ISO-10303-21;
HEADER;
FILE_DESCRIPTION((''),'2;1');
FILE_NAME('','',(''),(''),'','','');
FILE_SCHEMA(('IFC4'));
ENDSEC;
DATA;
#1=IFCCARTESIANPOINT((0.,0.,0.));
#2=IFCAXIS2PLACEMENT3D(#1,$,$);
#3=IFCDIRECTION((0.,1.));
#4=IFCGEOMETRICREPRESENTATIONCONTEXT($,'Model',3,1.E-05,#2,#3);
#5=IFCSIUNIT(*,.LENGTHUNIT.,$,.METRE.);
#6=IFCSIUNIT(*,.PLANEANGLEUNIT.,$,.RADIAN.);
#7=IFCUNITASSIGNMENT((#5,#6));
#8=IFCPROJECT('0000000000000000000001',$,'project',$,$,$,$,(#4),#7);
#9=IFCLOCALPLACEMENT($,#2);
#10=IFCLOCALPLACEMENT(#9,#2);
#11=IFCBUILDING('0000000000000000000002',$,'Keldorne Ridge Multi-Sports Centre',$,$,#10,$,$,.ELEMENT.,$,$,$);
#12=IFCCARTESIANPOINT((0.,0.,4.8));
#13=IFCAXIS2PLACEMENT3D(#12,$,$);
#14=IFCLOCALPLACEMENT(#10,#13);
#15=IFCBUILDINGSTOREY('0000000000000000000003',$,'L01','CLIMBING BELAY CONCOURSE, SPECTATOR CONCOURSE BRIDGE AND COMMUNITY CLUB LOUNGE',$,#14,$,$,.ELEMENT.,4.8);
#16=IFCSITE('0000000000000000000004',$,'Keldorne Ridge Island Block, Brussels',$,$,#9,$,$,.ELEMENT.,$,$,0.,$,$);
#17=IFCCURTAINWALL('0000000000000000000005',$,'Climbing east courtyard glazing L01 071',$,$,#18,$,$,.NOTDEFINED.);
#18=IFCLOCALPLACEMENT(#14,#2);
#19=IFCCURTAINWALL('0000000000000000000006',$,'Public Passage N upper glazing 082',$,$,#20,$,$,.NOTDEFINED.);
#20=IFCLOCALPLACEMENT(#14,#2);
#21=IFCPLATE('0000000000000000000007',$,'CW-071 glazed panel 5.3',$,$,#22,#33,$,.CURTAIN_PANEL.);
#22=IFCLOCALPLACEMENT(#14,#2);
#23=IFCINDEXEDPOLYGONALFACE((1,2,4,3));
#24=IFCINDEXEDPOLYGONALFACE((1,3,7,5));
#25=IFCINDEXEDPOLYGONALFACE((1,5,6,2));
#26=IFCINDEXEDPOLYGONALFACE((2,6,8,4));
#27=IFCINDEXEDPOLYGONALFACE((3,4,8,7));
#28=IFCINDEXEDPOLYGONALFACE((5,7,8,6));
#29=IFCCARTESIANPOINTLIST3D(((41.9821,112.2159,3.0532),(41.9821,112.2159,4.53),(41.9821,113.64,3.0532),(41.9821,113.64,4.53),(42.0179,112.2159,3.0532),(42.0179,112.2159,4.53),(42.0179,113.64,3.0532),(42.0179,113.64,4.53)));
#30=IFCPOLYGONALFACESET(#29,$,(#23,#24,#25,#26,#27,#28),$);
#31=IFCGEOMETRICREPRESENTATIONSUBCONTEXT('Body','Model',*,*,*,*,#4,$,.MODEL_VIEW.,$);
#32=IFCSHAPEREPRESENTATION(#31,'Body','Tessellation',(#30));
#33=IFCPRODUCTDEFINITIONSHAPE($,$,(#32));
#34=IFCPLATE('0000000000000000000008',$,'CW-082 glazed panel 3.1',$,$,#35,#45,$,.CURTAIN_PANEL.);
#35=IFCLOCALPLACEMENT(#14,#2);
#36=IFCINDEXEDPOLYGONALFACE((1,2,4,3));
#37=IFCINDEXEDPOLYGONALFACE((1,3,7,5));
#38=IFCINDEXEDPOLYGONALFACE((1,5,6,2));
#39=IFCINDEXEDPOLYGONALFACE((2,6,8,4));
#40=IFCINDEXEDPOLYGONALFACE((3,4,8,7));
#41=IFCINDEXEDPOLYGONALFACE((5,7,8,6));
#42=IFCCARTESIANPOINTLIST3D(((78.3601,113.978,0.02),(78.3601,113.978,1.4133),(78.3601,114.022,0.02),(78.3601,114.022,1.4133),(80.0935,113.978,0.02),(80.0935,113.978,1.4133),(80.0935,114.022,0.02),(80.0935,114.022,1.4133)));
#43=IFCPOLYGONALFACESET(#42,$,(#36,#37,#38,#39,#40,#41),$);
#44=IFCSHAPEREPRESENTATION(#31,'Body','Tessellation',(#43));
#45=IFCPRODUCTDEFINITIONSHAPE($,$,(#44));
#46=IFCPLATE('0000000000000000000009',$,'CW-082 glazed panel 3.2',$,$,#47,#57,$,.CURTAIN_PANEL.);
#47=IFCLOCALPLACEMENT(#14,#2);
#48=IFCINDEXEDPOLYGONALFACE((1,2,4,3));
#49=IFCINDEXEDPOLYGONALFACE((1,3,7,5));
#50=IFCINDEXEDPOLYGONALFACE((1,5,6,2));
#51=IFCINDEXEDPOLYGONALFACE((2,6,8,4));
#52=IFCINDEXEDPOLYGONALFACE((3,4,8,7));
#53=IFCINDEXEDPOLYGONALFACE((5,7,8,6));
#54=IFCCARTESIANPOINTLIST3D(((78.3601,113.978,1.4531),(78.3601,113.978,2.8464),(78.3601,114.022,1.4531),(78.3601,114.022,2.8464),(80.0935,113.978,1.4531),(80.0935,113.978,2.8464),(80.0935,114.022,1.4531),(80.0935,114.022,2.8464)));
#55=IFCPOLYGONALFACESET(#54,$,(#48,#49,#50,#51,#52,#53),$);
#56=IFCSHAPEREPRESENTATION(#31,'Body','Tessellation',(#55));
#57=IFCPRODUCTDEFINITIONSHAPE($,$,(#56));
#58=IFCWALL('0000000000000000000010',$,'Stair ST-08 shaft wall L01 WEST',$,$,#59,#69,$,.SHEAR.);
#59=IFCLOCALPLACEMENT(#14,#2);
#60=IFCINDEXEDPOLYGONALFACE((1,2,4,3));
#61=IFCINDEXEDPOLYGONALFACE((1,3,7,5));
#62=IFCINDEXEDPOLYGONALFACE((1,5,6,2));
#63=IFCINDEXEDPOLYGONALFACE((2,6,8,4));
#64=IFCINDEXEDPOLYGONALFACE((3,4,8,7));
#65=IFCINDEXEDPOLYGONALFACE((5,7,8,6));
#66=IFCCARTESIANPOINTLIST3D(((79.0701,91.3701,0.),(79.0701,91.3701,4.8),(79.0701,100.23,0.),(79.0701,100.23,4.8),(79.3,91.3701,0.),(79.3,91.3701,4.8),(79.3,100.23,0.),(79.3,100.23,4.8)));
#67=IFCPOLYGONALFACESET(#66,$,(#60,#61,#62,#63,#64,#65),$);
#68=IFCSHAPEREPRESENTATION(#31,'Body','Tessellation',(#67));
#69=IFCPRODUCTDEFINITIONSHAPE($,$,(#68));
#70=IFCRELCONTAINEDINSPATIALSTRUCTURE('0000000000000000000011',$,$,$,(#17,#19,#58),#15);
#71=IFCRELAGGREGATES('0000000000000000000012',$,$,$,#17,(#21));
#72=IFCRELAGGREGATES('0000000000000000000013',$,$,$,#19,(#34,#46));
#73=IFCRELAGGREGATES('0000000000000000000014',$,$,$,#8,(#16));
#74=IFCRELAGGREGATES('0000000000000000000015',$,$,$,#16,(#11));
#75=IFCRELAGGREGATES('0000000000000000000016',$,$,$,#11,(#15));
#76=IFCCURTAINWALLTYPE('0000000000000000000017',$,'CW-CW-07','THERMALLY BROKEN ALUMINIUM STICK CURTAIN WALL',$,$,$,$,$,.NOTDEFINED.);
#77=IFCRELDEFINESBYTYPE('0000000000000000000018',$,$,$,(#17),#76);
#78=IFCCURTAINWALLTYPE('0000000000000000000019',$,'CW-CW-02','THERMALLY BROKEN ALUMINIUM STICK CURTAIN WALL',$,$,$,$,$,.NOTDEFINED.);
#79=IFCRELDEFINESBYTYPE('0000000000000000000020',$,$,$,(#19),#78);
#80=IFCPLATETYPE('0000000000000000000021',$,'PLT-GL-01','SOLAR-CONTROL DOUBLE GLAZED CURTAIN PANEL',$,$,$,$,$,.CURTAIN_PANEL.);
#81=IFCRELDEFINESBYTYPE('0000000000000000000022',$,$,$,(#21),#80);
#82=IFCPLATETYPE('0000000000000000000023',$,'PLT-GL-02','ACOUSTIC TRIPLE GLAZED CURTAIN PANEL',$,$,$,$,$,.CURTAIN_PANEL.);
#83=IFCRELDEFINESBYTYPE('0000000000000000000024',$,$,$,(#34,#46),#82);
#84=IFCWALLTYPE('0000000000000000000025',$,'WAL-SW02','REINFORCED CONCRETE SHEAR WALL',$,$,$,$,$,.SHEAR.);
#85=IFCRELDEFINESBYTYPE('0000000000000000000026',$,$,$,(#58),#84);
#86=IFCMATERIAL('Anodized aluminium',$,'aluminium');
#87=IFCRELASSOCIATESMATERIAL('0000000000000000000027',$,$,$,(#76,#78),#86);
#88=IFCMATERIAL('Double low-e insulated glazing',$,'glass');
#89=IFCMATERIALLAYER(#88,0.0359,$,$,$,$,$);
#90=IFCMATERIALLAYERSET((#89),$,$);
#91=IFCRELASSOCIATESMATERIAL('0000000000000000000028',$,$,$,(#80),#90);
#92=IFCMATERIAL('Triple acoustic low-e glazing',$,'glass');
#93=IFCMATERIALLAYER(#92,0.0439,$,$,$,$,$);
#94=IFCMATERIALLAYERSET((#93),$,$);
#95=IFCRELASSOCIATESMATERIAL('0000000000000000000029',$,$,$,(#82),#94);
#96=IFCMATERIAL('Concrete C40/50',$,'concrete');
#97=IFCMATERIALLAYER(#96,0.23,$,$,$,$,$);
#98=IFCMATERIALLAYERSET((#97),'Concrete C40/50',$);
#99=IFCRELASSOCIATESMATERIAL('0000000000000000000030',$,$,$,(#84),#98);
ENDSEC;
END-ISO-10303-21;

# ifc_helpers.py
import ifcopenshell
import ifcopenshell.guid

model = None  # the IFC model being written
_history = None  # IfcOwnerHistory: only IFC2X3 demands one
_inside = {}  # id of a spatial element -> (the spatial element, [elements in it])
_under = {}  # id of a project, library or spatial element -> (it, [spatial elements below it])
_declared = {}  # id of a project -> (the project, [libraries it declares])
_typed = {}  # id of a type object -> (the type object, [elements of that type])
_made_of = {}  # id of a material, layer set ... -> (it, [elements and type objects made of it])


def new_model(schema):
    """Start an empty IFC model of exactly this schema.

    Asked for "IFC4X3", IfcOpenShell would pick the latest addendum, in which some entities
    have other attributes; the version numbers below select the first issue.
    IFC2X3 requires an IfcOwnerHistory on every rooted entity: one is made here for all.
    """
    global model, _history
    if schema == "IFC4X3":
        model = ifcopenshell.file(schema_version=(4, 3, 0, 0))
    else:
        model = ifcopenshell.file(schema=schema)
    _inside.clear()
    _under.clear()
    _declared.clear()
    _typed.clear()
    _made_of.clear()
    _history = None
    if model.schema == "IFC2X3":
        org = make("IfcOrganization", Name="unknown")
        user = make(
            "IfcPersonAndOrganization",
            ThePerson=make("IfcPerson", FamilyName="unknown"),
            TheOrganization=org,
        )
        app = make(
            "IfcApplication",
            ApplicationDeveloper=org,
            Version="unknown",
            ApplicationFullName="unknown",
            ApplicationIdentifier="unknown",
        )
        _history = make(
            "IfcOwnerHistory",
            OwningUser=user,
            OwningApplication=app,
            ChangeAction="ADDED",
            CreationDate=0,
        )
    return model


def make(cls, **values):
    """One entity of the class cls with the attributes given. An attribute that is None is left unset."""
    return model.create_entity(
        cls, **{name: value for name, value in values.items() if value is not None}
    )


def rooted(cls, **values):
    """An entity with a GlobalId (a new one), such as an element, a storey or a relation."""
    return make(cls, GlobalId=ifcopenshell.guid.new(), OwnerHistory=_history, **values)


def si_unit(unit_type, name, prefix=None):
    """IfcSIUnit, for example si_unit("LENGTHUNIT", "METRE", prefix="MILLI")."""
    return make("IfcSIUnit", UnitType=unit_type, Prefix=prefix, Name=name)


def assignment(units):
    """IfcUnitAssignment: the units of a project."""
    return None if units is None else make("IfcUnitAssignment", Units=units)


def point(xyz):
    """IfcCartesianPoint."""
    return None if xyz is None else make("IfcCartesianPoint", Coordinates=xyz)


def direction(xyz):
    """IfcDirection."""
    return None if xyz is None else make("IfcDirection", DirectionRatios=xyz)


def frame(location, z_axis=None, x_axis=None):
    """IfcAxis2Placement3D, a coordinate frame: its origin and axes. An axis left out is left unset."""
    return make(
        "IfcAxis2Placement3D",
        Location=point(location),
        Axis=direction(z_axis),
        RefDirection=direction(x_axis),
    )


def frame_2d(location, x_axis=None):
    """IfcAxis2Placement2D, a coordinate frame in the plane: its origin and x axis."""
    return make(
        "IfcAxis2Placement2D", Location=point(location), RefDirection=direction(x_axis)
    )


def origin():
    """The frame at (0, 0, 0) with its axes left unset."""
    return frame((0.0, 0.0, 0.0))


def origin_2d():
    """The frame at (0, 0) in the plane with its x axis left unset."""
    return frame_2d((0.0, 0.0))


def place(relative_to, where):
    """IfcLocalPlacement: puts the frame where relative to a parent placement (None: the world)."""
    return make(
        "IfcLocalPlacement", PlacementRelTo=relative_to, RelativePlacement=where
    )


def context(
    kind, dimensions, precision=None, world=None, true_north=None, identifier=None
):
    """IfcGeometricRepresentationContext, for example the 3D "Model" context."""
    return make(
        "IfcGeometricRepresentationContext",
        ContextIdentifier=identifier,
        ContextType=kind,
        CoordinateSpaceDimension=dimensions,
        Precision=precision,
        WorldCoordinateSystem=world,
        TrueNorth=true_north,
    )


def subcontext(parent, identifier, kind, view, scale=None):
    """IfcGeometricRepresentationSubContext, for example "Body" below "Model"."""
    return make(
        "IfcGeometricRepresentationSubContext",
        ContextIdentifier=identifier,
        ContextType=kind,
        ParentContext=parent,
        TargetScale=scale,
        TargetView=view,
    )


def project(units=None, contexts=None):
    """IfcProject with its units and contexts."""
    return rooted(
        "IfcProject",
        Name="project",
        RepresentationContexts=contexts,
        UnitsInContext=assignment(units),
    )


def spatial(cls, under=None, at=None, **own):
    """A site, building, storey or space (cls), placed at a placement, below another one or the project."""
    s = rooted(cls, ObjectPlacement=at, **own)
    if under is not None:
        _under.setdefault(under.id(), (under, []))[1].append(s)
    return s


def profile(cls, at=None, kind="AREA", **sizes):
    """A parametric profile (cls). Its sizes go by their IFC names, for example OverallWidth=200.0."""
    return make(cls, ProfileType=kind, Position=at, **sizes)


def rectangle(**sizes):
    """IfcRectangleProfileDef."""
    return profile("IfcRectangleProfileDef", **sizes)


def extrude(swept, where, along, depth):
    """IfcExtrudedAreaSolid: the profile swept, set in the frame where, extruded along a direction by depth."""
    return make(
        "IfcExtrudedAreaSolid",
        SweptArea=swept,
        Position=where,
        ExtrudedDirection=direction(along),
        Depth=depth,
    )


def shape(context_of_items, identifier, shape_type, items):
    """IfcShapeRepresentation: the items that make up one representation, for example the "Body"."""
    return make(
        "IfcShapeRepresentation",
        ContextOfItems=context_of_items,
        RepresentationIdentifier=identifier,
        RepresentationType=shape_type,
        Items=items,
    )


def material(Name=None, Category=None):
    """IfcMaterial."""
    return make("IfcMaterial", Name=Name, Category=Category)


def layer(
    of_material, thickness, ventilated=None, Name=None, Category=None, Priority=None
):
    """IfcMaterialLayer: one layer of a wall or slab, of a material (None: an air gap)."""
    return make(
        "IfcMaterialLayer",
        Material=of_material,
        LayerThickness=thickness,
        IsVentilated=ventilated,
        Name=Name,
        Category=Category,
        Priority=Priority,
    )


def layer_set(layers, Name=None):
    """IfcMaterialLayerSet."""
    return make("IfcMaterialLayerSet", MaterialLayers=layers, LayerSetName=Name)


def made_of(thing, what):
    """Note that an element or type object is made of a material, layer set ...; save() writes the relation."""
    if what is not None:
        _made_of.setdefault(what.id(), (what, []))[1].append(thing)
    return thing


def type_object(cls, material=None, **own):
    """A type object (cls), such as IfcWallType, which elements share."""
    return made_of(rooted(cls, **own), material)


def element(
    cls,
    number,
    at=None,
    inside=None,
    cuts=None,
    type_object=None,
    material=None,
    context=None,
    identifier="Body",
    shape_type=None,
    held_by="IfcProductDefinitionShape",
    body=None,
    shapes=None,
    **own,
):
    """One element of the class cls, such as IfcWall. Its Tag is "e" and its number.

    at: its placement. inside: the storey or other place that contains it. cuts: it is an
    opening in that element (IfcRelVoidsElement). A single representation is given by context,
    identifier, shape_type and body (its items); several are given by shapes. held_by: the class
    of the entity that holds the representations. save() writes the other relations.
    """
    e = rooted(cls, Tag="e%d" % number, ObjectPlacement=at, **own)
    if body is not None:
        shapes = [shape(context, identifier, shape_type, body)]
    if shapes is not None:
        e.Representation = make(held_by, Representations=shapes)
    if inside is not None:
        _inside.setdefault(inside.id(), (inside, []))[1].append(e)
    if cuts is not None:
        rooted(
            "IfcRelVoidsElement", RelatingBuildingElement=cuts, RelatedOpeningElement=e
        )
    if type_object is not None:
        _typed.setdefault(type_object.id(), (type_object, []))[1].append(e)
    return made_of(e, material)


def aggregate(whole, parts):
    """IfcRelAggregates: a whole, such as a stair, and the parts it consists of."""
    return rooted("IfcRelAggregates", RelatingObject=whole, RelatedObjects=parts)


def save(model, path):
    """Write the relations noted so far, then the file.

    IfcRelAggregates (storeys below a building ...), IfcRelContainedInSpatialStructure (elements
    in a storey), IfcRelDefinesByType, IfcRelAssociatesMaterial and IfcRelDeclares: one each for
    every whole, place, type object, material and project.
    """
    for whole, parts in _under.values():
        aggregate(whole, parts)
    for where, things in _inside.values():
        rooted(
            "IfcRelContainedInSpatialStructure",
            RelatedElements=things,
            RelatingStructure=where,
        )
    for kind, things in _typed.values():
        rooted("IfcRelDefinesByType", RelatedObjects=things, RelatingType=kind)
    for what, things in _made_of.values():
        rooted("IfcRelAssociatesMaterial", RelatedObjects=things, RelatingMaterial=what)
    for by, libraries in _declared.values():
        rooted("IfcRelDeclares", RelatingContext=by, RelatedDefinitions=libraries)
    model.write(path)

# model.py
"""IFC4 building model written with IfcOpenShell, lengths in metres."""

from ifc_helpers import new_model, si_unit, direction, frame, frame_2d, origin, origin_2d, place, context, subcontext, project, spatial, rectangle, extrude, material, layer, layer_set, type_object, element, aggregate, save


model = new_model("IFC4")

# Units and contexts
model_context = context("Model", 3, precision=1e-05, world=origin(), true_north=direction((0.0, 1.0)))
body_context = subcontext(model_context, "Body", "Model", "MODEL_VIEW")
ifc_project = project(units=[si_unit("LENGTHUNIT", "METRE"), si_unit("PLANEANGLEUNIT", "RADIAN")], contexts=[model_context])

# Site, building, storey
site_placement = place(None, origin())
site = spatial("IfcSite", under=ifc_project, at=site_placement, Name="Keldorne Ridge Island Block, Brussels", CompositionType="ELEMENT", RefElevation=0.0)
building_placement = place(site_placement, origin())
building = spatial("IfcBuilding", under=site, at=building_placement, Name="Keldorne Ridge Multi-Sports Centre", CompositionType="ELEMENT")
storey_placement = place(building_placement, frame((0.0, 0.0, 4.8)))
storey = spatial("IfcBuildingStorey", under=building, at=storey_placement, Name="L01", Description="CLIMBING BELAY CONCOURSE, SPECTATOR CONCOURSE BRIDGE AND COMMUNITY CLUB LOUNGE", CompositionType="ELEMENT", Elevation=4.8)

# Curtain wall
ifc_material_1 = material(Name="Anodized aluminium", Category="aluminium")
curtain_wall_type_1 = type_object("IfcCurtainWallType", Name="CW-CW-07", Description="THERMALLY BROKEN ALUMINIUM STICK CURTAIN WALL", PredefinedType="NOTDEFINED", material=ifc_material_1)
curtain_wall_1_placement = place(storey_placement, origin())
curtain_wall_1 = element("IfcCurtainWall", 1, at=curtain_wall_1_placement, inside=storey, type_object=curtain_wall_type_1, Name="Climbing east courtyard glazing L01 071", PredefinedType="NOTDEFINED")

# Curtain wall
curtain_wall_type_2 = type_object("IfcCurtainWallType", Name="CW-CW-02", Description="THERMALLY BROKEN ALUMINIUM STICK CURTAIN WALL", PredefinedType="NOTDEFINED", material=ifc_material_1)
curtain_wall_2_placement = place(storey_placement, origin())
curtain_wall_2 = element("IfcCurtainWall", 2, at=curtain_wall_2_placement, inside=storey, type_object=curtain_wall_type_2, Name="Public Passage N upper glazing 082", PredefinedType="NOTDEFINED")

# Plates
ifc_material_2 = material(Name="Double low-e insulated glazing", Category="glass")
ifc_layer_1 = layer(ifc_material_2, 0.0359)
ifc_layer_set_1 = layer_set([ifc_layer_1])
plate_type_1 = type_object("IfcPlateType", Name="PLT-GL-01", Description="SOLAR-CONTROL DOUBLE GLAZED CURTAIN PANEL", PredefinedType="CURTAIN_PANEL", material=ifc_layer_set_1)
plate_1_placement = place(storey_placement, frame((42.0, 112.928, 3.0532), z_axis=(0.0, 0.0, 1.0), x_axis=(0.0, 1.0, 0.0)))
plate_1 = element("IfcPlate", 3, at=plate_1_placement, type_object=plate_type_1, Name="CW-071 glazed panel 5.3", PredefinedType="CURTAIN_PANEL", context=body_context, shape_type="SweptSolid", body=[
    extrude(rectangle(XDim=1.4241, YDim=0.0359, at=origin_2d()), origin(), (0.0, 0.0, 1.0), 1.4768),
])
aggregate(curtain_wall_1, [plate_1])
ifc_material_3 = material(Name="Triple acoustic low-e glazing", Category="glass")
ifc_layer_2 = layer(ifc_material_3, 0.0439)
ifc_layer_set_2 = layer_set([ifc_layer_2])
plate_type_2 = type_object("IfcPlateType", Name="PLT-GL-02", Description="ACOUSTIC TRIPLE GLAZED CURTAIN PANEL", PredefinedType="CURTAIN_PANEL", material=ifc_layer_set_2)
plate_2_placement = place(storey_placement, frame((79.2268, 114.0, 0.02), z_axis=(0.0, 0.0, 1.0), x_axis=(-1.0, 0.0, 0.0)))
plate_2 = element("IfcPlate", 4, at=plate_2_placement, type_object=plate_type_2, Name="CW-082 glazed panel 3.1", PredefinedType="CURTAIN_PANEL", context=body_context, shape_type="SweptSolid", body=[
    extrude(rectangle(XDim=1.7334, YDim=0.0439, at=origin_2d()), origin(), (0.0, 0.0, 1.0), 1.3933),
])
plate_3_placement = place(storey_placement, frame((79.2268, 114.0, 1.4531), z_axis=(0.0, 0.0, 1.0), x_axis=(-1.0, 0.0, 0.0)))
plate_3 = element("IfcPlate", 5, at=plate_3_placement, type_object=plate_type_2, Name="CW-082 glazed panel 3.2", PredefinedType="CURTAIN_PANEL", context=body_context, shape_type="SweptSolid", body=[
    extrude(rectangle(XDim=1.7334, YDim=0.0439, at=origin_2d()), origin(), (0.0, 0.0, 1.0), 1.3933),
])
aggregate(curtain_wall_2, [plate_2, plate_3])

# Wall
ifc_material_4 = material(Name="Concrete C40/50", Category="concrete")
ifc_layer_3 = layer(ifc_material_4, 0.23)
ifc_layer_set_3 = layer_set([ifc_layer_3], Name="Concrete C40/50")
wall_type = type_object("IfcWallType", Name="WAL-SW02", Description="REINFORCED CONCRETE SHEAR WALL", PredefinedType="SHEAR", material=ifc_layer_set_3)
wall_placement = place(storey_placement, frame((79.1851, 91.3701, 0.0), z_axis=(0.0, 0.0, 1.0), x_axis=(0.0, 1.0, 0.0)))
element("IfcWall", 6, at=wall_placement, inside=storey, type_object=wall_type, Name="Stair ST-08 shaft wall L01 WEST", PredefinedType="SHEAR", context=body_context, shape_type="SweptSolid", body=[
    extrude(rectangle(XDim=8.8599, YDim=0.23, at=frame_2d((4.4299, 0.0))), origin(), (0.0, 0.0, 1.0), 4.8),
])

save(model, "model.ifc")
